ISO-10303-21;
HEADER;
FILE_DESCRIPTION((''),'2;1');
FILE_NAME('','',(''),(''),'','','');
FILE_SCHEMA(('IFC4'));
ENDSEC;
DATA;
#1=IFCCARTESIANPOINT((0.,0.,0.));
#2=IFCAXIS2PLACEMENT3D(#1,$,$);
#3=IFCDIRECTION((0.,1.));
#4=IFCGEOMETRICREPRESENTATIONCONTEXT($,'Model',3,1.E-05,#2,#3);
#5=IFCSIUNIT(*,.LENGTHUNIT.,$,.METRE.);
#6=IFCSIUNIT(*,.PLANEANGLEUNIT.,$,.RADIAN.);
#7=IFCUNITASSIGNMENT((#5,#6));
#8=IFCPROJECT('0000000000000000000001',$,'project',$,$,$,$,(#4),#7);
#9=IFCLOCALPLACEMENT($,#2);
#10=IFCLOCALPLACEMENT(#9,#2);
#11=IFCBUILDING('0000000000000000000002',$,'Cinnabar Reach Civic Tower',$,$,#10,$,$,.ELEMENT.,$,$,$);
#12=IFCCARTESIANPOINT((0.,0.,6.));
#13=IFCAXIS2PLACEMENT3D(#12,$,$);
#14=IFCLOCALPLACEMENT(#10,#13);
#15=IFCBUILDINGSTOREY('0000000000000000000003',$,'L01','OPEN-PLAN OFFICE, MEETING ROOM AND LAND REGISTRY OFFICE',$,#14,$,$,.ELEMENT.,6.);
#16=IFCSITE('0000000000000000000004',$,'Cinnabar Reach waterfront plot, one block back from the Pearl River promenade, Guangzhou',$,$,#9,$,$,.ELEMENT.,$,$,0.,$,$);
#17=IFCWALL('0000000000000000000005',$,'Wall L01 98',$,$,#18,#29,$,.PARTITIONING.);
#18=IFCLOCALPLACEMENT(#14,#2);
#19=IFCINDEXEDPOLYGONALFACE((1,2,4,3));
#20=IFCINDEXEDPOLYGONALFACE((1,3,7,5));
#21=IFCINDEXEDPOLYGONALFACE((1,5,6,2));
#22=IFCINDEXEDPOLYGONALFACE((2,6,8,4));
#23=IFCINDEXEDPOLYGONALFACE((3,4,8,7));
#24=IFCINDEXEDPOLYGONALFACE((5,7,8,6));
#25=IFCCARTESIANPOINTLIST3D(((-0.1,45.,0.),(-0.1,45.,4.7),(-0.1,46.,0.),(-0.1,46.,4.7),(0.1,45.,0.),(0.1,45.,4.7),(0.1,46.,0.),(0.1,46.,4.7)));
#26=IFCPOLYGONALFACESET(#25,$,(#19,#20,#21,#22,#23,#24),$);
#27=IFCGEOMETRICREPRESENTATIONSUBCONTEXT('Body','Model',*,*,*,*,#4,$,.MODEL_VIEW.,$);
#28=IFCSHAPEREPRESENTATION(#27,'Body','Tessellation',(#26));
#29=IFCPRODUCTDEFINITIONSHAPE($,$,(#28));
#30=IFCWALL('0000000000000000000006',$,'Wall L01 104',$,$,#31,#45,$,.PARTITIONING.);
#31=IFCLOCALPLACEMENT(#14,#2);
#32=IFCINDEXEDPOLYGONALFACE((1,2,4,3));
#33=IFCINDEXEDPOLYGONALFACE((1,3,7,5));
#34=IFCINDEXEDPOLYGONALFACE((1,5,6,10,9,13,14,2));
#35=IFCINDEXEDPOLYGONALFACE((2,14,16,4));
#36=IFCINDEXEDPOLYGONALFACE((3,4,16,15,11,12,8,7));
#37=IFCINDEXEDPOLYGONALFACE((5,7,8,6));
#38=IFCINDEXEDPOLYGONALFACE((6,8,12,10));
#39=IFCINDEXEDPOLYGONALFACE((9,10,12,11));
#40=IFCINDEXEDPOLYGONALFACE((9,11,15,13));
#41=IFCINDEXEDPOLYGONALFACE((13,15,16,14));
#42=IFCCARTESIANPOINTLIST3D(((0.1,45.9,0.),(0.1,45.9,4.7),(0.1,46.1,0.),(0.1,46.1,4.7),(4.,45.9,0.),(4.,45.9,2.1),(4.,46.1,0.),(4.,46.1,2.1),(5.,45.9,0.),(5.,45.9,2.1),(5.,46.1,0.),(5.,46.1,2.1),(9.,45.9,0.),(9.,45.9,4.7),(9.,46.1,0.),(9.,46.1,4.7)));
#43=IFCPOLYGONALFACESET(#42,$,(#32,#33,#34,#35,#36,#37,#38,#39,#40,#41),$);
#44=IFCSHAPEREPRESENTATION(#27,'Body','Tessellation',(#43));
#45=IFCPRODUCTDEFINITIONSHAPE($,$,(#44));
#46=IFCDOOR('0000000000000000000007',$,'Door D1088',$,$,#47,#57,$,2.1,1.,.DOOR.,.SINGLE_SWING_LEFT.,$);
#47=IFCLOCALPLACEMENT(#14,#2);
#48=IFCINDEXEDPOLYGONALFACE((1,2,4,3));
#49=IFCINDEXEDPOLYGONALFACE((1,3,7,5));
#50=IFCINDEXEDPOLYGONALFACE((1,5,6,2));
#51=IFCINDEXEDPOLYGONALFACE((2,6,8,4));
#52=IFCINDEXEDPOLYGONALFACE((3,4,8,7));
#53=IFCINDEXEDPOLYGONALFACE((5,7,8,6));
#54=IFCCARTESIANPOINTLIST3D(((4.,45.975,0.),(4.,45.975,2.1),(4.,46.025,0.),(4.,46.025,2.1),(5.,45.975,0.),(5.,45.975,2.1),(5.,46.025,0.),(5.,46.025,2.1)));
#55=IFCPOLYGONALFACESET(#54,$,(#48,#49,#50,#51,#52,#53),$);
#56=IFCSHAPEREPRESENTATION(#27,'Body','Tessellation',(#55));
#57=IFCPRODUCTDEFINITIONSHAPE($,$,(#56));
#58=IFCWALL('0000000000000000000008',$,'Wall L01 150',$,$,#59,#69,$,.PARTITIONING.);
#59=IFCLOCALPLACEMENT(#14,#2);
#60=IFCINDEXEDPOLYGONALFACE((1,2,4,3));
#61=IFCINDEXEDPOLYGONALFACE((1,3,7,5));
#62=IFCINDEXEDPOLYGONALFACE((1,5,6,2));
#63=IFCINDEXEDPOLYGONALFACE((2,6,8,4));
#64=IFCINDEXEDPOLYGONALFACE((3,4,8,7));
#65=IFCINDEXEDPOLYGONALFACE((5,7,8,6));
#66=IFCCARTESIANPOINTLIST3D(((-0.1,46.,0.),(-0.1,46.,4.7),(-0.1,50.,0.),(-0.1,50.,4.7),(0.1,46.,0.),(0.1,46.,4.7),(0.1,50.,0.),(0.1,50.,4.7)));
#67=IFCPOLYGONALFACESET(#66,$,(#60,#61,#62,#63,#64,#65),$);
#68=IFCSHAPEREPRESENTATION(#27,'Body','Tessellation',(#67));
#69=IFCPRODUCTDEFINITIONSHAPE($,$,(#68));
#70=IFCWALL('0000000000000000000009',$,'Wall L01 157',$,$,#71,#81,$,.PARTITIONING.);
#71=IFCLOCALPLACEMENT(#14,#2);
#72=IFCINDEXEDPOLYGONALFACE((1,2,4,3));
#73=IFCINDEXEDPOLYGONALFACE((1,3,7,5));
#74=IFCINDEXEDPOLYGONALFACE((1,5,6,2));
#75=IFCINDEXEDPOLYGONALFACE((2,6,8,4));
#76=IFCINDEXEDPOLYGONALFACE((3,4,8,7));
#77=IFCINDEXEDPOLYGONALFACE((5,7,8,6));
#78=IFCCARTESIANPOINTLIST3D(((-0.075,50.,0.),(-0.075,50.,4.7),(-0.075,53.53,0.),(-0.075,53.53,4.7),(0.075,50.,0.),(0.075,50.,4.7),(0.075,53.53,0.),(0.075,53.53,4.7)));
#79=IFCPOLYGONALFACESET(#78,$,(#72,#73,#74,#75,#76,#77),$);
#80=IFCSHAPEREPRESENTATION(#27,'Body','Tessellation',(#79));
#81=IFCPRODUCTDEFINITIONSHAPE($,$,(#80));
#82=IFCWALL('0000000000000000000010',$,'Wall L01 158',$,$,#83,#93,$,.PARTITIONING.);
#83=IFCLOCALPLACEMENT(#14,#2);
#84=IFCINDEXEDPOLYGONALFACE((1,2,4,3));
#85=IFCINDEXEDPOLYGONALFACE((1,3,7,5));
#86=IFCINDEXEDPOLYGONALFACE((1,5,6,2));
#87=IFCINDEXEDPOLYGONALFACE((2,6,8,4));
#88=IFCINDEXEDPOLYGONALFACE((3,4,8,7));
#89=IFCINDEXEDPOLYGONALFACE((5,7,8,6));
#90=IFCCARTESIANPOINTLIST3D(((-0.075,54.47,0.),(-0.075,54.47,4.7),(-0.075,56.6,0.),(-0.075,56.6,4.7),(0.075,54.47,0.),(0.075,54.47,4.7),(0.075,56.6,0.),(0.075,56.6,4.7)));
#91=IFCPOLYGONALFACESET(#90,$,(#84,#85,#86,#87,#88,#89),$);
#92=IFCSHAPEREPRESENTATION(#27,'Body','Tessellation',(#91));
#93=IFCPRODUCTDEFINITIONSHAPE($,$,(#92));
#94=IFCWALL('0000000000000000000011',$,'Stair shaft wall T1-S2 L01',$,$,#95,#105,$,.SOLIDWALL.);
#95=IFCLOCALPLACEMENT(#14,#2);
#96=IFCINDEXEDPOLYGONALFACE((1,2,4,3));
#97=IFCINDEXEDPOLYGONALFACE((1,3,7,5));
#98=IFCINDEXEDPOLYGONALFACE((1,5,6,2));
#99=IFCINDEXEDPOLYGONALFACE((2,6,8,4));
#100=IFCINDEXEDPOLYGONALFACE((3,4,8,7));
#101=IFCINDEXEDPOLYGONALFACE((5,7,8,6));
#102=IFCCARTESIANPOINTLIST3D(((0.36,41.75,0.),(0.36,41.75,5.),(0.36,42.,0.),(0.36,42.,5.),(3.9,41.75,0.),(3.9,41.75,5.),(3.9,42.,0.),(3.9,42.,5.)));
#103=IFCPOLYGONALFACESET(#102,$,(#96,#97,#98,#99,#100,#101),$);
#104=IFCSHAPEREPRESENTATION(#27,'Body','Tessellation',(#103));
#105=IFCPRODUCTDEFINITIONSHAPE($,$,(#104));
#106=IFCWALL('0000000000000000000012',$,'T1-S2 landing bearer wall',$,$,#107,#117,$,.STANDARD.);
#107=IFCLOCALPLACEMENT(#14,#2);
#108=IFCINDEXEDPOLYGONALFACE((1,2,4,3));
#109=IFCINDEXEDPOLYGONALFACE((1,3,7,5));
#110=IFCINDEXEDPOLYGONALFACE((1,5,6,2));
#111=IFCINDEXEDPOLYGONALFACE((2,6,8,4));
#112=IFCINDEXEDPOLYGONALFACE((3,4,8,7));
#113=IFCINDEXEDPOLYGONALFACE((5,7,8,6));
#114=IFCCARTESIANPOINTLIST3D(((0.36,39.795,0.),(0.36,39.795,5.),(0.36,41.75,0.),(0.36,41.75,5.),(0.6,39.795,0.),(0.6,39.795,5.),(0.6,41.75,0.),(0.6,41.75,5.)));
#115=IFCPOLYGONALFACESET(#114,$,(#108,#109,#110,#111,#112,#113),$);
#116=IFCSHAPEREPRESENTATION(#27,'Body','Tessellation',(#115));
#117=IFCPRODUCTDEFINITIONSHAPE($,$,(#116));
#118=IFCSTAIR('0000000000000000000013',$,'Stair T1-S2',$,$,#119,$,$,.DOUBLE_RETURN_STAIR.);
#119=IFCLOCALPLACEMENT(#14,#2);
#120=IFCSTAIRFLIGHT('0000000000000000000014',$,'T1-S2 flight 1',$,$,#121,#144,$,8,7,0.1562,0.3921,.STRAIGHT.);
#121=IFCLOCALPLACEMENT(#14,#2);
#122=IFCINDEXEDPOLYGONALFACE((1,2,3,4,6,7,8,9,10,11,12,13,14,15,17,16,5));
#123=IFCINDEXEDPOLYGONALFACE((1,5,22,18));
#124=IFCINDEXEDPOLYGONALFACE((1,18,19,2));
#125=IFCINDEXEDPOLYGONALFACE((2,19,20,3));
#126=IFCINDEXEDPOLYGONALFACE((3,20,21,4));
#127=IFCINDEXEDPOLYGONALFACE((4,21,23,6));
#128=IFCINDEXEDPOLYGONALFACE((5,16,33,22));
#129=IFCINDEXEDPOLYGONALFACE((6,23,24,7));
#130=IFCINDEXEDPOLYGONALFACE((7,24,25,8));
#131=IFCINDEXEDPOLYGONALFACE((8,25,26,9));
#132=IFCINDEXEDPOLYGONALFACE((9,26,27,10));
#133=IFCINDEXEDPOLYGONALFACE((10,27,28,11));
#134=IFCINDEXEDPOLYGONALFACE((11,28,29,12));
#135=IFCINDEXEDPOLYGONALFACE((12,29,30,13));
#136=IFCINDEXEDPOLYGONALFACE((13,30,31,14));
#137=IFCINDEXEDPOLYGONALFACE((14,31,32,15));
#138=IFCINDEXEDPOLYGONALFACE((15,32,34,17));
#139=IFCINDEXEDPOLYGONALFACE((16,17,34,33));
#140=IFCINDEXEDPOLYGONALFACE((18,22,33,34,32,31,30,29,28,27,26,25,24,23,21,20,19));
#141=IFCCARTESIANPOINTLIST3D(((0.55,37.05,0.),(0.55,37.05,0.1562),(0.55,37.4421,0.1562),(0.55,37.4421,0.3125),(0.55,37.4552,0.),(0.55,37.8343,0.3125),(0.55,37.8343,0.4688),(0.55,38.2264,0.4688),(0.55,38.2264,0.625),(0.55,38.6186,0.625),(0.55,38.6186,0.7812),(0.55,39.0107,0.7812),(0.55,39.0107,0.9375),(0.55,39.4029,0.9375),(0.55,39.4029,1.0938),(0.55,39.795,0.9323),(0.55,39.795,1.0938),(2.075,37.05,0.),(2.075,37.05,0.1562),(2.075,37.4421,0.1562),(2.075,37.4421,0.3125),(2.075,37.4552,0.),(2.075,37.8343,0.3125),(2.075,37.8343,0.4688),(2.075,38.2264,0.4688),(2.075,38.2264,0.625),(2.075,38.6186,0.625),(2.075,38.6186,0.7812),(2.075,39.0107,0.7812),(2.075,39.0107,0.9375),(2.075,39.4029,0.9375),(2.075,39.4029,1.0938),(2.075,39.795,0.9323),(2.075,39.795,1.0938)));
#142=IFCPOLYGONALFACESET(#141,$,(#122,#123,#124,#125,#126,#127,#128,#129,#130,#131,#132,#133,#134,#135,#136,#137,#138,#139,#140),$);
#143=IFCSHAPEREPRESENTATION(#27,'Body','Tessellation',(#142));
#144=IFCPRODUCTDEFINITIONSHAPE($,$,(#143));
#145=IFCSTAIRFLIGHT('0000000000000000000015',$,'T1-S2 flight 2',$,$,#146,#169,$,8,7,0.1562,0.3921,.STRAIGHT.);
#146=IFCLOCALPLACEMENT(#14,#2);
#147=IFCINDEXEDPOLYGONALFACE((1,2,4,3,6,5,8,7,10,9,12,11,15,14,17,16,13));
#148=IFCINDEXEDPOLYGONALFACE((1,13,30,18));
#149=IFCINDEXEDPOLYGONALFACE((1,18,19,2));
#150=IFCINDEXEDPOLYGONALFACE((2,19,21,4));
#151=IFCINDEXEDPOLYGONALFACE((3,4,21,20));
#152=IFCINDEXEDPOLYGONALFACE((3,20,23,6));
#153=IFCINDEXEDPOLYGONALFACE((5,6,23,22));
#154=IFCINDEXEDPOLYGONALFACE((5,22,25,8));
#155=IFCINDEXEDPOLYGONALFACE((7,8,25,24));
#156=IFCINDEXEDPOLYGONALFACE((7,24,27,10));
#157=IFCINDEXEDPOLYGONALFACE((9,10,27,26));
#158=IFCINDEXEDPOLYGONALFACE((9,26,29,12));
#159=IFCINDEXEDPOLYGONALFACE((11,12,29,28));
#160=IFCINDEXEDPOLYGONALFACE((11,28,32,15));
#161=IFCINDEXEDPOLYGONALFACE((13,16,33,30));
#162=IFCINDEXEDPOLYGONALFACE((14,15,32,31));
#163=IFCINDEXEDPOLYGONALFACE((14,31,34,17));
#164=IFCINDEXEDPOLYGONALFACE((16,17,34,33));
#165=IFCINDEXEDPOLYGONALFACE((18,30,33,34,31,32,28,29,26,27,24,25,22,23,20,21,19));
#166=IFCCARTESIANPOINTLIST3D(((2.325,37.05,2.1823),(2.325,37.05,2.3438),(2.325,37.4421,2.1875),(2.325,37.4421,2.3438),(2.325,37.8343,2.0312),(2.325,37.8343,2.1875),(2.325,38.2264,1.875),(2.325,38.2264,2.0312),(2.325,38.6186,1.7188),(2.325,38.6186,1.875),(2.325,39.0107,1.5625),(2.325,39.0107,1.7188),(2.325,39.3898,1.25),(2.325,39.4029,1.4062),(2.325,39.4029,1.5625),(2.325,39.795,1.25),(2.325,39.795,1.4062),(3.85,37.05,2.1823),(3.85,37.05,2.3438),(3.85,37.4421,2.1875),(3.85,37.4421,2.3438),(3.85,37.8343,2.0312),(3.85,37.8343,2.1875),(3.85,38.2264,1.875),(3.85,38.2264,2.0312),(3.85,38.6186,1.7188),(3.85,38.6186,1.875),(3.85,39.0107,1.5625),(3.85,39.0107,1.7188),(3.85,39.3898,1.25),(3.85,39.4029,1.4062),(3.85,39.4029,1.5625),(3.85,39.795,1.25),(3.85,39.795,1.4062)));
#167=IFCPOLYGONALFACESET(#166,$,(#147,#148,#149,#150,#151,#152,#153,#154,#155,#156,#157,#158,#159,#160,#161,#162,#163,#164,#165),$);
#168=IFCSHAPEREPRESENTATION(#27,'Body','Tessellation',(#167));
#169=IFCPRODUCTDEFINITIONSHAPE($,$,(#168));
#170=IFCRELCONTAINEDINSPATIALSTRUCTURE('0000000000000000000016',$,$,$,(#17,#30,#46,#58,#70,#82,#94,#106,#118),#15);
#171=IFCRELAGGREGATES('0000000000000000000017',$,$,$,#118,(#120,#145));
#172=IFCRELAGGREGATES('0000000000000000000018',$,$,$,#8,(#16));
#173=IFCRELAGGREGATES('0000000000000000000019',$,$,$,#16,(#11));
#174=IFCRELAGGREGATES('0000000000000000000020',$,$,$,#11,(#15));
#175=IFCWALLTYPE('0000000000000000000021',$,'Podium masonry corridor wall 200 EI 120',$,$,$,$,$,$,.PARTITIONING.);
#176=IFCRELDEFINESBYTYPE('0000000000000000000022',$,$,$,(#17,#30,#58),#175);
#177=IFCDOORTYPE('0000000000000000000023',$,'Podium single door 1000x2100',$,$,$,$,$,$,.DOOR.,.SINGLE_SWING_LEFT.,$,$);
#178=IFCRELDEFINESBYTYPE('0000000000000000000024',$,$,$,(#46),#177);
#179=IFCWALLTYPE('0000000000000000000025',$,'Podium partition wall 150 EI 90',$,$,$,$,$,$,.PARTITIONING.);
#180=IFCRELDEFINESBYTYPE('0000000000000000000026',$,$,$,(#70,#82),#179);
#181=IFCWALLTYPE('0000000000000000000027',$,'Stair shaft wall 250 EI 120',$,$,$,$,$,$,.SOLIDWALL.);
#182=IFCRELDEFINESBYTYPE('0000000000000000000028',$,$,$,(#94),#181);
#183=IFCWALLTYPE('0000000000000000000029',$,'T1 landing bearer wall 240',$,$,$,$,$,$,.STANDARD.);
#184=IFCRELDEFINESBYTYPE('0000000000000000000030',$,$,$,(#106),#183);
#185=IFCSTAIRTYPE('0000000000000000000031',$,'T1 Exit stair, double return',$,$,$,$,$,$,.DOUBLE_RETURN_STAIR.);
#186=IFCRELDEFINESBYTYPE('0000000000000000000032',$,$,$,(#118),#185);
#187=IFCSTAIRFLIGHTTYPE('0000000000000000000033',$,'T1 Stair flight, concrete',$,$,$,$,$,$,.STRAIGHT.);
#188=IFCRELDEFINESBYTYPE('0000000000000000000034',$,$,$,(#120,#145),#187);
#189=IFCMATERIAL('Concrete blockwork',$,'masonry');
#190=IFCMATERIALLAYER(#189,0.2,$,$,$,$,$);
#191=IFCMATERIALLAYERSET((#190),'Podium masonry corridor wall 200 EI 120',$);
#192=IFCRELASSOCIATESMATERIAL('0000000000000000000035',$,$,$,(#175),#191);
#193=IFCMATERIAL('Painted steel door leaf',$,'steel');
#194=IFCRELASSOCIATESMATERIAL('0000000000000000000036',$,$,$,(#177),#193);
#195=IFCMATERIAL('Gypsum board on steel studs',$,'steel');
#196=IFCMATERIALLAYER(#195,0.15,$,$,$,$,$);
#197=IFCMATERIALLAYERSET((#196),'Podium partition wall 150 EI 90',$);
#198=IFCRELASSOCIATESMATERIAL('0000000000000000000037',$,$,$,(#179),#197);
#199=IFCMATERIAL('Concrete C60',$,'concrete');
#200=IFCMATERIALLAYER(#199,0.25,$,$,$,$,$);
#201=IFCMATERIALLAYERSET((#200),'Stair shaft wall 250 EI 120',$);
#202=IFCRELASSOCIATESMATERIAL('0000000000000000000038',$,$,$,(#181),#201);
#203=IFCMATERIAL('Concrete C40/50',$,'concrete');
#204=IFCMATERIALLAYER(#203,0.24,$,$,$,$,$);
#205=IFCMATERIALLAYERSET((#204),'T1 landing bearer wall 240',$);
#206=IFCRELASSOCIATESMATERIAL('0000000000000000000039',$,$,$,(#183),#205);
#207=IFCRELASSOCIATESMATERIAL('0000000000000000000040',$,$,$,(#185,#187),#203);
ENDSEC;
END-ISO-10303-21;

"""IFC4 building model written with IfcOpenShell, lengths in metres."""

from ifc_helpers import new_model, si_unit, direction, frame, frame_2d, origin, place, context, subcontext, project, spatial, polyline, rectangle, outline, extrude, material, layer, layer_set, type_object, element, fill, aggregate, save


model = new_model("IFC4")

# Units and contexts
model_context = context("Model", 3, precision=1e-05, world=origin(), true_north=direction((0.0, 1.0)))
body_context = subcontext(model_context, "Body", "Model", "MODEL_VIEW")
ifc_project = project(units=[si_unit("LENGTHUNIT", "METRE"), si_unit("PLANEANGLEUNIT", "RADIAN")], contexts=[model_context])

# Site, building, storey
site_placement = place(None, origin())
site = spatial("IfcSite", under=ifc_project, at=site_placement, Name="Cinnabar Reach waterfront plot, one block back from the Pearl River promenade, Guangzhou", CompositionType="ELEMENT", RefElevation=0.0)
building_placement = place(site_placement, origin())
building = spatial("IfcBuilding", under=site, at=building_placement, Name="Cinnabar Reach Civic Tower", CompositionType="ELEMENT")
storey_placement = place(building_placement, frame((0.0, 0.0, 6.0)))
storey = spatial("IfcBuildingStorey", under=building, at=storey_placement, Name="L01", Description="OPEN-PLAN OFFICE, MEETING ROOM AND LAND REGISTRY OFFICE", CompositionType="ELEMENT", Elevation=6.0)

# Wall
ifc_material_1 = material(Name="Concrete blockwork", Category="masonry")
ifc_layer_1 = layer(ifc_material_1, 0.2)
ifc_layer_set_1 = layer_set([ifc_layer_1], Name="Podium masonry corridor wall 200 EI 120")
wall_type_1 = type_object("IfcWallType", Name="Podium masonry corridor wall 200 EI 120", PredefinedType="PARTITIONING", material=ifc_layer_set_1)
wall_1_placement = place(storey_placement, frame((0.0, 45.0, 0.0), z_axis=(0.0, 0.0, 1.0), x_axis=(0.0, 1.0, 0.0)))
element("IfcWall", 1, at=wall_1_placement, inside=storey, type_object=wall_type_1, Name="Wall L01 98", PredefinedType="PARTITIONING", context=body_context, shape_type="SweptSolid", body=[
    extrude(rectangle(XDim=1.0, YDim=0.2, at=frame_2d((0.5, 0.0))), origin(), (0.0, 0.0, 1.0), 4.7),
])

# Wall, opening, door
wall_2_placement = place(storey_placement, frame((0.1, 46.0, 0.0), z_axis=(0.0, 0.0, 1.0), x_axis=(1.0, 0.0, 0.0)))
wall_2 = element("IfcWall", 2, at=wall_2_placement, inside=storey, type_object=wall_type_1, Name="Wall L01 104", PredefinedType="PARTITIONING", context=body_context, shape_type="SweptSolid", body=[
    extrude(rectangle(XDim=8.9, YDim=0.2, at=frame_2d((4.45, 0.0))), origin(), (0.0, 0.0, 1.0), 4.7),
])
opening_1_placement = place(wall_2_placement, frame((3.9, 0.0, 0.0)))
opening_1 = element("IfcOpeningElement", 3, at=opening_1_placement, cuts=wall_2, PredefinedType="OPENING", context=body_context, shape_type="SweptSolid", body=[
    extrude(rectangle(XDim=1.0, YDim=2.1, at=frame_2d((0.5, 1.05))), frame((0.0, 0.11, 0.0), z_axis=(0.0, -1.0, 0.0), x_axis=(1.0, 0.0, 0.0)), (0.0, 0.0, 1.0), 0.22),
])
ifc_material_2 = material(Name="Painted steel door leaf", Category="steel")
door_type_1 = type_object("IfcDoorType", Name="Podium single door 1000x2100", OperationType="SINGLE_SWING_LEFT", PredefinedType="DOOR", material=ifc_material_2)
door_1_placement = place(opening_1_placement, origin())
door_1 = element("IfcDoor", 4, at=door_1_placement, inside=storey, type_object=door_type_1, Name="Door D1088", OperationType="SINGLE_SWING_LEFT", OverallHeight=2.1, OverallWidth=1.0, PredefinedType="DOOR", context=body_context, shape_type="SweptSolid", body=[
    extrude(rectangle(XDim=1.0, YDim=2.1, at=frame_2d((0.5, 1.05))), frame((0.0, 0.025, 0.0), z_axis=(0.0, -1.0, 0.0), x_axis=(1.0, 0.0, 0.0)), (0.0, 0.0, 1.0), 0.05),
])
fill(opening_1, door_1)

# Walls
wall_3_placement = place(storey_placement, frame((0.0, 46.0, 0.0), z_axis=(0.0, 0.0, 1.0), x_axis=(0.0, 1.0, 0.0)))
element("IfcWall", 5, at=wall_3_placement, inside=storey, type_object=wall_type_1, Name="Wall L01 150", PredefinedType="PARTITIONING", context=body_context, shape_type="SweptSolid", body=[
    extrude(rectangle(XDim=4.0, YDim=0.2, at=frame_2d((2.0, 0.0))), origin(), (0.0, 0.0, 1.0), 4.7),
])
ifc_material_3 = material(Name="Gypsum board on steel studs", Category="steel")
ifc_layer_2 = layer(ifc_material_3, 0.15)
ifc_layer_set_2 = layer_set([ifc_layer_2], Name="Podium partition wall 150 EI 90")
wall_type_2 = type_object("IfcWallType", Name="Podium partition wall 150 EI 90", PredefinedType="PARTITIONING", material=ifc_layer_set_2)
wall_4_placement = place(storey_placement, frame((0.0, 50.0, 0.0), z_axis=(0.0, 0.0, 1.0), x_axis=(0.0, 1.0, 0.0)))
element("IfcWall", 6, at=wall_4_placement, inside=storey, type_object=wall_type_2, Name="Wall L01 157", PredefinedType="PARTITIONING", context=body_context, shape_type="SweptSolid", body=[
    extrude(rectangle(XDim=3.53, YDim=0.15, at=frame_2d((1.765, 0.0))), origin(), (0.0, 0.0, 1.0), 4.7),
])
wall_5_placement = place(storey_placement, frame((0.0, 54.47, 0.0), z_axis=(0.0, 0.0, 1.0), x_axis=(0.0, 1.0, 0.0)))
element("IfcWall", 7, at=wall_5_placement, inside=storey, type_object=wall_type_2, Name="Wall L01 158", PredefinedType="PARTITIONING", context=body_context, shape_type="SweptSolid", body=[
    extrude(rectangle(XDim=2.13, YDim=0.15, at=frame_2d((1.065, 0.0))), origin(), (0.0, 0.0, 1.0), 4.7),
])
ifc_material_4 = material(Name="Concrete C60", Category="concrete")
ifc_layer_3 = layer(ifc_material_4, 0.25)
ifc_layer_set_3 = layer_set([ifc_layer_3], Name="Stair shaft wall 250 EI 120")
wall_type_3 = type_object("IfcWallType", Name="Stair shaft wall 250 EI 120", PredefinedType="SOLIDWALL", material=ifc_layer_set_3)
wall_6_placement = place(storey_placement, frame((3.9, 41.875, 0.0), z_axis=(0.0, 0.0, 1.0), x_axis=(-1.0, 0.0, 0.0)))
element("IfcWall", 8, at=wall_6_placement, inside=storey, type_object=wall_type_3, Name="Stair shaft wall T1-S2 L01", PredefinedType="SOLIDWALL", context=body_context, shape_type="SweptSolid", body=[
    extrude(rectangle(XDim=3.54, YDim=0.25, at=frame_2d((1.77, 0.0))), origin(), (0.0, 0.0, 1.0), 5.0),
])
ifc_material_5 = material(Name="Concrete C40/50", Category="concrete")
ifc_layer_4 = layer(ifc_material_5, 0.24)
ifc_layer_set_4 = layer_set([ifc_layer_4], Name="T1 landing bearer wall 240")
wall_type_4 = type_object("IfcWallType", Name="T1 landing bearer wall 240", PredefinedType="STANDARD", material=ifc_layer_set_4)
wall_7_placement = place(storey_placement, frame((0.48, 39.795, 0.0), z_axis=(0.0, 0.0, 1.0), x_axis=(0.0, 1.0, 0.0)))
element("IfcWall", 9, at=wall_7_placement, inside=storey, type_object=wall_type_4, Name="T1-S2 landing bearer wall", PredefinedType="STANDARD", context=body_context, shape_type="SweptSolid", body=[
    extrude(rectangle(XDim=1.955, YDim=0.24, at=frame_2d((0.9775, 0.0))), origin(), (0.0, 0.0, 1.0), 5.0),
])

# Stair, stair flights
stair_type = type_object("IfcStairType", Name="T1 Exit stair, double return", PredefinedType="DOUBLE_RETURN_STAIR", material=ifc_material_5)
stair_placement = place(storey_placement, origin())
stair = element("IfcStair", 10, at=stair_placement, inside=storey, type_object=stair_type, Name="Stair T1-S2", PredefinedType="DOUBLE_RETURN_STAIR")
stair_flight_type = type_object("IfcStairFlightType", Name="T1 Stair flight, concrete", PredefinedType="STRAIGHT", material=ifc_material_5)
stair_flight_1_placement = place(storey_placement, frame((1.3125, 37.05, 0.0), z_axis=(0.0, 0.0, 1.0), x_axis=(0.0, 1.0, 0.0)))
stair_flight_1 = element("IfcStairFlight", 11, at=stair_flight_1_placement, type_object=stair_flight_type, Name="T1-S2 flight 1", NumberOfRisers=8, NumberOfTreads=7, PredefinedType="STRAIGHT", RiserHeight=0.1562, TreadLength=0.3921, context=body_context, shape_type="SweptSolid", body=[
    extrude(outline(polyline([(0.0, 0.0), (0.0, 0.1562), (0.3921, 0.1562), (0.3921, 0.3125), (0.7843, 0.3125), (0.7843, 0.4688), (1.1764, 0.4688), (1.1764, 0.625), (1.5686, 0.625), (1.5686, 0.7812), (1.9607, 0.7812), (1.9607, 0.9375), (2.3529, 0.9375), (2.3529, 1.0938), (2.745, 1.0938), (2.745, 1.25), (2.745, 0.9323), (0.4052, 0.0), (0.0, 0.0)])), frame((0.0, 0.7625, 0.0), z_axis=(0.0, -1.0, 0.0), x_axis=(1.0, 0.0, 0.0)), (0.0, 0.0, 1.0), 1.525),
])
stair_flight_2_placement = place(storey_placement, frame((3.0875, 39.795, 1.25), z_axis=(0.0, 0.0, 1.0), x_axis=(0.0, -1.0, 0.0)))
stair_flight_2 = element("IfcStairFlight", 12, at=stair_flight_2_placement, type_object=stair_flight_type, Name="T1-S2 flight 2", NumberOfRisers=8, NumberOfTreads=7, PredefinedType="STRAIGHT", RiserHeight=0.1562, TreadLength=0.3921, context=body_context, shape_type="SweptSolid", body=[
    extrude(outline(polyline([(0.0, 0.0), (0.0, 0.1562), (0.3921, 0.1562), (0.3921, 0.3125), (0.7843, 0.3125), (0.7843, 0.4688), (1.1764, 0.4688), (1.1764, 0.625), (1.5686, 0.625), (1.5686, 0.7812), (1.9607, 0.7812), (1.9607, 0.9375), (2.3529, 0.9375), (2.3529, 1.0938), (2.745, 1.0938), (2.745, 1.25), (2.745, 0.9323), (0.4052, 0.0), (0.0, 0.0)])), frame((0.0, 0.7625, 0.0), z_axis=(0.0, -1.0, 0.0), x_axis=(1.0, 0.0, 0.0)), (0.0, 0.0, 1.0), 1.525),
])
aggregate(stair, [stair_flight_1, stair_flight_2])

save(model, "model.ifc")
